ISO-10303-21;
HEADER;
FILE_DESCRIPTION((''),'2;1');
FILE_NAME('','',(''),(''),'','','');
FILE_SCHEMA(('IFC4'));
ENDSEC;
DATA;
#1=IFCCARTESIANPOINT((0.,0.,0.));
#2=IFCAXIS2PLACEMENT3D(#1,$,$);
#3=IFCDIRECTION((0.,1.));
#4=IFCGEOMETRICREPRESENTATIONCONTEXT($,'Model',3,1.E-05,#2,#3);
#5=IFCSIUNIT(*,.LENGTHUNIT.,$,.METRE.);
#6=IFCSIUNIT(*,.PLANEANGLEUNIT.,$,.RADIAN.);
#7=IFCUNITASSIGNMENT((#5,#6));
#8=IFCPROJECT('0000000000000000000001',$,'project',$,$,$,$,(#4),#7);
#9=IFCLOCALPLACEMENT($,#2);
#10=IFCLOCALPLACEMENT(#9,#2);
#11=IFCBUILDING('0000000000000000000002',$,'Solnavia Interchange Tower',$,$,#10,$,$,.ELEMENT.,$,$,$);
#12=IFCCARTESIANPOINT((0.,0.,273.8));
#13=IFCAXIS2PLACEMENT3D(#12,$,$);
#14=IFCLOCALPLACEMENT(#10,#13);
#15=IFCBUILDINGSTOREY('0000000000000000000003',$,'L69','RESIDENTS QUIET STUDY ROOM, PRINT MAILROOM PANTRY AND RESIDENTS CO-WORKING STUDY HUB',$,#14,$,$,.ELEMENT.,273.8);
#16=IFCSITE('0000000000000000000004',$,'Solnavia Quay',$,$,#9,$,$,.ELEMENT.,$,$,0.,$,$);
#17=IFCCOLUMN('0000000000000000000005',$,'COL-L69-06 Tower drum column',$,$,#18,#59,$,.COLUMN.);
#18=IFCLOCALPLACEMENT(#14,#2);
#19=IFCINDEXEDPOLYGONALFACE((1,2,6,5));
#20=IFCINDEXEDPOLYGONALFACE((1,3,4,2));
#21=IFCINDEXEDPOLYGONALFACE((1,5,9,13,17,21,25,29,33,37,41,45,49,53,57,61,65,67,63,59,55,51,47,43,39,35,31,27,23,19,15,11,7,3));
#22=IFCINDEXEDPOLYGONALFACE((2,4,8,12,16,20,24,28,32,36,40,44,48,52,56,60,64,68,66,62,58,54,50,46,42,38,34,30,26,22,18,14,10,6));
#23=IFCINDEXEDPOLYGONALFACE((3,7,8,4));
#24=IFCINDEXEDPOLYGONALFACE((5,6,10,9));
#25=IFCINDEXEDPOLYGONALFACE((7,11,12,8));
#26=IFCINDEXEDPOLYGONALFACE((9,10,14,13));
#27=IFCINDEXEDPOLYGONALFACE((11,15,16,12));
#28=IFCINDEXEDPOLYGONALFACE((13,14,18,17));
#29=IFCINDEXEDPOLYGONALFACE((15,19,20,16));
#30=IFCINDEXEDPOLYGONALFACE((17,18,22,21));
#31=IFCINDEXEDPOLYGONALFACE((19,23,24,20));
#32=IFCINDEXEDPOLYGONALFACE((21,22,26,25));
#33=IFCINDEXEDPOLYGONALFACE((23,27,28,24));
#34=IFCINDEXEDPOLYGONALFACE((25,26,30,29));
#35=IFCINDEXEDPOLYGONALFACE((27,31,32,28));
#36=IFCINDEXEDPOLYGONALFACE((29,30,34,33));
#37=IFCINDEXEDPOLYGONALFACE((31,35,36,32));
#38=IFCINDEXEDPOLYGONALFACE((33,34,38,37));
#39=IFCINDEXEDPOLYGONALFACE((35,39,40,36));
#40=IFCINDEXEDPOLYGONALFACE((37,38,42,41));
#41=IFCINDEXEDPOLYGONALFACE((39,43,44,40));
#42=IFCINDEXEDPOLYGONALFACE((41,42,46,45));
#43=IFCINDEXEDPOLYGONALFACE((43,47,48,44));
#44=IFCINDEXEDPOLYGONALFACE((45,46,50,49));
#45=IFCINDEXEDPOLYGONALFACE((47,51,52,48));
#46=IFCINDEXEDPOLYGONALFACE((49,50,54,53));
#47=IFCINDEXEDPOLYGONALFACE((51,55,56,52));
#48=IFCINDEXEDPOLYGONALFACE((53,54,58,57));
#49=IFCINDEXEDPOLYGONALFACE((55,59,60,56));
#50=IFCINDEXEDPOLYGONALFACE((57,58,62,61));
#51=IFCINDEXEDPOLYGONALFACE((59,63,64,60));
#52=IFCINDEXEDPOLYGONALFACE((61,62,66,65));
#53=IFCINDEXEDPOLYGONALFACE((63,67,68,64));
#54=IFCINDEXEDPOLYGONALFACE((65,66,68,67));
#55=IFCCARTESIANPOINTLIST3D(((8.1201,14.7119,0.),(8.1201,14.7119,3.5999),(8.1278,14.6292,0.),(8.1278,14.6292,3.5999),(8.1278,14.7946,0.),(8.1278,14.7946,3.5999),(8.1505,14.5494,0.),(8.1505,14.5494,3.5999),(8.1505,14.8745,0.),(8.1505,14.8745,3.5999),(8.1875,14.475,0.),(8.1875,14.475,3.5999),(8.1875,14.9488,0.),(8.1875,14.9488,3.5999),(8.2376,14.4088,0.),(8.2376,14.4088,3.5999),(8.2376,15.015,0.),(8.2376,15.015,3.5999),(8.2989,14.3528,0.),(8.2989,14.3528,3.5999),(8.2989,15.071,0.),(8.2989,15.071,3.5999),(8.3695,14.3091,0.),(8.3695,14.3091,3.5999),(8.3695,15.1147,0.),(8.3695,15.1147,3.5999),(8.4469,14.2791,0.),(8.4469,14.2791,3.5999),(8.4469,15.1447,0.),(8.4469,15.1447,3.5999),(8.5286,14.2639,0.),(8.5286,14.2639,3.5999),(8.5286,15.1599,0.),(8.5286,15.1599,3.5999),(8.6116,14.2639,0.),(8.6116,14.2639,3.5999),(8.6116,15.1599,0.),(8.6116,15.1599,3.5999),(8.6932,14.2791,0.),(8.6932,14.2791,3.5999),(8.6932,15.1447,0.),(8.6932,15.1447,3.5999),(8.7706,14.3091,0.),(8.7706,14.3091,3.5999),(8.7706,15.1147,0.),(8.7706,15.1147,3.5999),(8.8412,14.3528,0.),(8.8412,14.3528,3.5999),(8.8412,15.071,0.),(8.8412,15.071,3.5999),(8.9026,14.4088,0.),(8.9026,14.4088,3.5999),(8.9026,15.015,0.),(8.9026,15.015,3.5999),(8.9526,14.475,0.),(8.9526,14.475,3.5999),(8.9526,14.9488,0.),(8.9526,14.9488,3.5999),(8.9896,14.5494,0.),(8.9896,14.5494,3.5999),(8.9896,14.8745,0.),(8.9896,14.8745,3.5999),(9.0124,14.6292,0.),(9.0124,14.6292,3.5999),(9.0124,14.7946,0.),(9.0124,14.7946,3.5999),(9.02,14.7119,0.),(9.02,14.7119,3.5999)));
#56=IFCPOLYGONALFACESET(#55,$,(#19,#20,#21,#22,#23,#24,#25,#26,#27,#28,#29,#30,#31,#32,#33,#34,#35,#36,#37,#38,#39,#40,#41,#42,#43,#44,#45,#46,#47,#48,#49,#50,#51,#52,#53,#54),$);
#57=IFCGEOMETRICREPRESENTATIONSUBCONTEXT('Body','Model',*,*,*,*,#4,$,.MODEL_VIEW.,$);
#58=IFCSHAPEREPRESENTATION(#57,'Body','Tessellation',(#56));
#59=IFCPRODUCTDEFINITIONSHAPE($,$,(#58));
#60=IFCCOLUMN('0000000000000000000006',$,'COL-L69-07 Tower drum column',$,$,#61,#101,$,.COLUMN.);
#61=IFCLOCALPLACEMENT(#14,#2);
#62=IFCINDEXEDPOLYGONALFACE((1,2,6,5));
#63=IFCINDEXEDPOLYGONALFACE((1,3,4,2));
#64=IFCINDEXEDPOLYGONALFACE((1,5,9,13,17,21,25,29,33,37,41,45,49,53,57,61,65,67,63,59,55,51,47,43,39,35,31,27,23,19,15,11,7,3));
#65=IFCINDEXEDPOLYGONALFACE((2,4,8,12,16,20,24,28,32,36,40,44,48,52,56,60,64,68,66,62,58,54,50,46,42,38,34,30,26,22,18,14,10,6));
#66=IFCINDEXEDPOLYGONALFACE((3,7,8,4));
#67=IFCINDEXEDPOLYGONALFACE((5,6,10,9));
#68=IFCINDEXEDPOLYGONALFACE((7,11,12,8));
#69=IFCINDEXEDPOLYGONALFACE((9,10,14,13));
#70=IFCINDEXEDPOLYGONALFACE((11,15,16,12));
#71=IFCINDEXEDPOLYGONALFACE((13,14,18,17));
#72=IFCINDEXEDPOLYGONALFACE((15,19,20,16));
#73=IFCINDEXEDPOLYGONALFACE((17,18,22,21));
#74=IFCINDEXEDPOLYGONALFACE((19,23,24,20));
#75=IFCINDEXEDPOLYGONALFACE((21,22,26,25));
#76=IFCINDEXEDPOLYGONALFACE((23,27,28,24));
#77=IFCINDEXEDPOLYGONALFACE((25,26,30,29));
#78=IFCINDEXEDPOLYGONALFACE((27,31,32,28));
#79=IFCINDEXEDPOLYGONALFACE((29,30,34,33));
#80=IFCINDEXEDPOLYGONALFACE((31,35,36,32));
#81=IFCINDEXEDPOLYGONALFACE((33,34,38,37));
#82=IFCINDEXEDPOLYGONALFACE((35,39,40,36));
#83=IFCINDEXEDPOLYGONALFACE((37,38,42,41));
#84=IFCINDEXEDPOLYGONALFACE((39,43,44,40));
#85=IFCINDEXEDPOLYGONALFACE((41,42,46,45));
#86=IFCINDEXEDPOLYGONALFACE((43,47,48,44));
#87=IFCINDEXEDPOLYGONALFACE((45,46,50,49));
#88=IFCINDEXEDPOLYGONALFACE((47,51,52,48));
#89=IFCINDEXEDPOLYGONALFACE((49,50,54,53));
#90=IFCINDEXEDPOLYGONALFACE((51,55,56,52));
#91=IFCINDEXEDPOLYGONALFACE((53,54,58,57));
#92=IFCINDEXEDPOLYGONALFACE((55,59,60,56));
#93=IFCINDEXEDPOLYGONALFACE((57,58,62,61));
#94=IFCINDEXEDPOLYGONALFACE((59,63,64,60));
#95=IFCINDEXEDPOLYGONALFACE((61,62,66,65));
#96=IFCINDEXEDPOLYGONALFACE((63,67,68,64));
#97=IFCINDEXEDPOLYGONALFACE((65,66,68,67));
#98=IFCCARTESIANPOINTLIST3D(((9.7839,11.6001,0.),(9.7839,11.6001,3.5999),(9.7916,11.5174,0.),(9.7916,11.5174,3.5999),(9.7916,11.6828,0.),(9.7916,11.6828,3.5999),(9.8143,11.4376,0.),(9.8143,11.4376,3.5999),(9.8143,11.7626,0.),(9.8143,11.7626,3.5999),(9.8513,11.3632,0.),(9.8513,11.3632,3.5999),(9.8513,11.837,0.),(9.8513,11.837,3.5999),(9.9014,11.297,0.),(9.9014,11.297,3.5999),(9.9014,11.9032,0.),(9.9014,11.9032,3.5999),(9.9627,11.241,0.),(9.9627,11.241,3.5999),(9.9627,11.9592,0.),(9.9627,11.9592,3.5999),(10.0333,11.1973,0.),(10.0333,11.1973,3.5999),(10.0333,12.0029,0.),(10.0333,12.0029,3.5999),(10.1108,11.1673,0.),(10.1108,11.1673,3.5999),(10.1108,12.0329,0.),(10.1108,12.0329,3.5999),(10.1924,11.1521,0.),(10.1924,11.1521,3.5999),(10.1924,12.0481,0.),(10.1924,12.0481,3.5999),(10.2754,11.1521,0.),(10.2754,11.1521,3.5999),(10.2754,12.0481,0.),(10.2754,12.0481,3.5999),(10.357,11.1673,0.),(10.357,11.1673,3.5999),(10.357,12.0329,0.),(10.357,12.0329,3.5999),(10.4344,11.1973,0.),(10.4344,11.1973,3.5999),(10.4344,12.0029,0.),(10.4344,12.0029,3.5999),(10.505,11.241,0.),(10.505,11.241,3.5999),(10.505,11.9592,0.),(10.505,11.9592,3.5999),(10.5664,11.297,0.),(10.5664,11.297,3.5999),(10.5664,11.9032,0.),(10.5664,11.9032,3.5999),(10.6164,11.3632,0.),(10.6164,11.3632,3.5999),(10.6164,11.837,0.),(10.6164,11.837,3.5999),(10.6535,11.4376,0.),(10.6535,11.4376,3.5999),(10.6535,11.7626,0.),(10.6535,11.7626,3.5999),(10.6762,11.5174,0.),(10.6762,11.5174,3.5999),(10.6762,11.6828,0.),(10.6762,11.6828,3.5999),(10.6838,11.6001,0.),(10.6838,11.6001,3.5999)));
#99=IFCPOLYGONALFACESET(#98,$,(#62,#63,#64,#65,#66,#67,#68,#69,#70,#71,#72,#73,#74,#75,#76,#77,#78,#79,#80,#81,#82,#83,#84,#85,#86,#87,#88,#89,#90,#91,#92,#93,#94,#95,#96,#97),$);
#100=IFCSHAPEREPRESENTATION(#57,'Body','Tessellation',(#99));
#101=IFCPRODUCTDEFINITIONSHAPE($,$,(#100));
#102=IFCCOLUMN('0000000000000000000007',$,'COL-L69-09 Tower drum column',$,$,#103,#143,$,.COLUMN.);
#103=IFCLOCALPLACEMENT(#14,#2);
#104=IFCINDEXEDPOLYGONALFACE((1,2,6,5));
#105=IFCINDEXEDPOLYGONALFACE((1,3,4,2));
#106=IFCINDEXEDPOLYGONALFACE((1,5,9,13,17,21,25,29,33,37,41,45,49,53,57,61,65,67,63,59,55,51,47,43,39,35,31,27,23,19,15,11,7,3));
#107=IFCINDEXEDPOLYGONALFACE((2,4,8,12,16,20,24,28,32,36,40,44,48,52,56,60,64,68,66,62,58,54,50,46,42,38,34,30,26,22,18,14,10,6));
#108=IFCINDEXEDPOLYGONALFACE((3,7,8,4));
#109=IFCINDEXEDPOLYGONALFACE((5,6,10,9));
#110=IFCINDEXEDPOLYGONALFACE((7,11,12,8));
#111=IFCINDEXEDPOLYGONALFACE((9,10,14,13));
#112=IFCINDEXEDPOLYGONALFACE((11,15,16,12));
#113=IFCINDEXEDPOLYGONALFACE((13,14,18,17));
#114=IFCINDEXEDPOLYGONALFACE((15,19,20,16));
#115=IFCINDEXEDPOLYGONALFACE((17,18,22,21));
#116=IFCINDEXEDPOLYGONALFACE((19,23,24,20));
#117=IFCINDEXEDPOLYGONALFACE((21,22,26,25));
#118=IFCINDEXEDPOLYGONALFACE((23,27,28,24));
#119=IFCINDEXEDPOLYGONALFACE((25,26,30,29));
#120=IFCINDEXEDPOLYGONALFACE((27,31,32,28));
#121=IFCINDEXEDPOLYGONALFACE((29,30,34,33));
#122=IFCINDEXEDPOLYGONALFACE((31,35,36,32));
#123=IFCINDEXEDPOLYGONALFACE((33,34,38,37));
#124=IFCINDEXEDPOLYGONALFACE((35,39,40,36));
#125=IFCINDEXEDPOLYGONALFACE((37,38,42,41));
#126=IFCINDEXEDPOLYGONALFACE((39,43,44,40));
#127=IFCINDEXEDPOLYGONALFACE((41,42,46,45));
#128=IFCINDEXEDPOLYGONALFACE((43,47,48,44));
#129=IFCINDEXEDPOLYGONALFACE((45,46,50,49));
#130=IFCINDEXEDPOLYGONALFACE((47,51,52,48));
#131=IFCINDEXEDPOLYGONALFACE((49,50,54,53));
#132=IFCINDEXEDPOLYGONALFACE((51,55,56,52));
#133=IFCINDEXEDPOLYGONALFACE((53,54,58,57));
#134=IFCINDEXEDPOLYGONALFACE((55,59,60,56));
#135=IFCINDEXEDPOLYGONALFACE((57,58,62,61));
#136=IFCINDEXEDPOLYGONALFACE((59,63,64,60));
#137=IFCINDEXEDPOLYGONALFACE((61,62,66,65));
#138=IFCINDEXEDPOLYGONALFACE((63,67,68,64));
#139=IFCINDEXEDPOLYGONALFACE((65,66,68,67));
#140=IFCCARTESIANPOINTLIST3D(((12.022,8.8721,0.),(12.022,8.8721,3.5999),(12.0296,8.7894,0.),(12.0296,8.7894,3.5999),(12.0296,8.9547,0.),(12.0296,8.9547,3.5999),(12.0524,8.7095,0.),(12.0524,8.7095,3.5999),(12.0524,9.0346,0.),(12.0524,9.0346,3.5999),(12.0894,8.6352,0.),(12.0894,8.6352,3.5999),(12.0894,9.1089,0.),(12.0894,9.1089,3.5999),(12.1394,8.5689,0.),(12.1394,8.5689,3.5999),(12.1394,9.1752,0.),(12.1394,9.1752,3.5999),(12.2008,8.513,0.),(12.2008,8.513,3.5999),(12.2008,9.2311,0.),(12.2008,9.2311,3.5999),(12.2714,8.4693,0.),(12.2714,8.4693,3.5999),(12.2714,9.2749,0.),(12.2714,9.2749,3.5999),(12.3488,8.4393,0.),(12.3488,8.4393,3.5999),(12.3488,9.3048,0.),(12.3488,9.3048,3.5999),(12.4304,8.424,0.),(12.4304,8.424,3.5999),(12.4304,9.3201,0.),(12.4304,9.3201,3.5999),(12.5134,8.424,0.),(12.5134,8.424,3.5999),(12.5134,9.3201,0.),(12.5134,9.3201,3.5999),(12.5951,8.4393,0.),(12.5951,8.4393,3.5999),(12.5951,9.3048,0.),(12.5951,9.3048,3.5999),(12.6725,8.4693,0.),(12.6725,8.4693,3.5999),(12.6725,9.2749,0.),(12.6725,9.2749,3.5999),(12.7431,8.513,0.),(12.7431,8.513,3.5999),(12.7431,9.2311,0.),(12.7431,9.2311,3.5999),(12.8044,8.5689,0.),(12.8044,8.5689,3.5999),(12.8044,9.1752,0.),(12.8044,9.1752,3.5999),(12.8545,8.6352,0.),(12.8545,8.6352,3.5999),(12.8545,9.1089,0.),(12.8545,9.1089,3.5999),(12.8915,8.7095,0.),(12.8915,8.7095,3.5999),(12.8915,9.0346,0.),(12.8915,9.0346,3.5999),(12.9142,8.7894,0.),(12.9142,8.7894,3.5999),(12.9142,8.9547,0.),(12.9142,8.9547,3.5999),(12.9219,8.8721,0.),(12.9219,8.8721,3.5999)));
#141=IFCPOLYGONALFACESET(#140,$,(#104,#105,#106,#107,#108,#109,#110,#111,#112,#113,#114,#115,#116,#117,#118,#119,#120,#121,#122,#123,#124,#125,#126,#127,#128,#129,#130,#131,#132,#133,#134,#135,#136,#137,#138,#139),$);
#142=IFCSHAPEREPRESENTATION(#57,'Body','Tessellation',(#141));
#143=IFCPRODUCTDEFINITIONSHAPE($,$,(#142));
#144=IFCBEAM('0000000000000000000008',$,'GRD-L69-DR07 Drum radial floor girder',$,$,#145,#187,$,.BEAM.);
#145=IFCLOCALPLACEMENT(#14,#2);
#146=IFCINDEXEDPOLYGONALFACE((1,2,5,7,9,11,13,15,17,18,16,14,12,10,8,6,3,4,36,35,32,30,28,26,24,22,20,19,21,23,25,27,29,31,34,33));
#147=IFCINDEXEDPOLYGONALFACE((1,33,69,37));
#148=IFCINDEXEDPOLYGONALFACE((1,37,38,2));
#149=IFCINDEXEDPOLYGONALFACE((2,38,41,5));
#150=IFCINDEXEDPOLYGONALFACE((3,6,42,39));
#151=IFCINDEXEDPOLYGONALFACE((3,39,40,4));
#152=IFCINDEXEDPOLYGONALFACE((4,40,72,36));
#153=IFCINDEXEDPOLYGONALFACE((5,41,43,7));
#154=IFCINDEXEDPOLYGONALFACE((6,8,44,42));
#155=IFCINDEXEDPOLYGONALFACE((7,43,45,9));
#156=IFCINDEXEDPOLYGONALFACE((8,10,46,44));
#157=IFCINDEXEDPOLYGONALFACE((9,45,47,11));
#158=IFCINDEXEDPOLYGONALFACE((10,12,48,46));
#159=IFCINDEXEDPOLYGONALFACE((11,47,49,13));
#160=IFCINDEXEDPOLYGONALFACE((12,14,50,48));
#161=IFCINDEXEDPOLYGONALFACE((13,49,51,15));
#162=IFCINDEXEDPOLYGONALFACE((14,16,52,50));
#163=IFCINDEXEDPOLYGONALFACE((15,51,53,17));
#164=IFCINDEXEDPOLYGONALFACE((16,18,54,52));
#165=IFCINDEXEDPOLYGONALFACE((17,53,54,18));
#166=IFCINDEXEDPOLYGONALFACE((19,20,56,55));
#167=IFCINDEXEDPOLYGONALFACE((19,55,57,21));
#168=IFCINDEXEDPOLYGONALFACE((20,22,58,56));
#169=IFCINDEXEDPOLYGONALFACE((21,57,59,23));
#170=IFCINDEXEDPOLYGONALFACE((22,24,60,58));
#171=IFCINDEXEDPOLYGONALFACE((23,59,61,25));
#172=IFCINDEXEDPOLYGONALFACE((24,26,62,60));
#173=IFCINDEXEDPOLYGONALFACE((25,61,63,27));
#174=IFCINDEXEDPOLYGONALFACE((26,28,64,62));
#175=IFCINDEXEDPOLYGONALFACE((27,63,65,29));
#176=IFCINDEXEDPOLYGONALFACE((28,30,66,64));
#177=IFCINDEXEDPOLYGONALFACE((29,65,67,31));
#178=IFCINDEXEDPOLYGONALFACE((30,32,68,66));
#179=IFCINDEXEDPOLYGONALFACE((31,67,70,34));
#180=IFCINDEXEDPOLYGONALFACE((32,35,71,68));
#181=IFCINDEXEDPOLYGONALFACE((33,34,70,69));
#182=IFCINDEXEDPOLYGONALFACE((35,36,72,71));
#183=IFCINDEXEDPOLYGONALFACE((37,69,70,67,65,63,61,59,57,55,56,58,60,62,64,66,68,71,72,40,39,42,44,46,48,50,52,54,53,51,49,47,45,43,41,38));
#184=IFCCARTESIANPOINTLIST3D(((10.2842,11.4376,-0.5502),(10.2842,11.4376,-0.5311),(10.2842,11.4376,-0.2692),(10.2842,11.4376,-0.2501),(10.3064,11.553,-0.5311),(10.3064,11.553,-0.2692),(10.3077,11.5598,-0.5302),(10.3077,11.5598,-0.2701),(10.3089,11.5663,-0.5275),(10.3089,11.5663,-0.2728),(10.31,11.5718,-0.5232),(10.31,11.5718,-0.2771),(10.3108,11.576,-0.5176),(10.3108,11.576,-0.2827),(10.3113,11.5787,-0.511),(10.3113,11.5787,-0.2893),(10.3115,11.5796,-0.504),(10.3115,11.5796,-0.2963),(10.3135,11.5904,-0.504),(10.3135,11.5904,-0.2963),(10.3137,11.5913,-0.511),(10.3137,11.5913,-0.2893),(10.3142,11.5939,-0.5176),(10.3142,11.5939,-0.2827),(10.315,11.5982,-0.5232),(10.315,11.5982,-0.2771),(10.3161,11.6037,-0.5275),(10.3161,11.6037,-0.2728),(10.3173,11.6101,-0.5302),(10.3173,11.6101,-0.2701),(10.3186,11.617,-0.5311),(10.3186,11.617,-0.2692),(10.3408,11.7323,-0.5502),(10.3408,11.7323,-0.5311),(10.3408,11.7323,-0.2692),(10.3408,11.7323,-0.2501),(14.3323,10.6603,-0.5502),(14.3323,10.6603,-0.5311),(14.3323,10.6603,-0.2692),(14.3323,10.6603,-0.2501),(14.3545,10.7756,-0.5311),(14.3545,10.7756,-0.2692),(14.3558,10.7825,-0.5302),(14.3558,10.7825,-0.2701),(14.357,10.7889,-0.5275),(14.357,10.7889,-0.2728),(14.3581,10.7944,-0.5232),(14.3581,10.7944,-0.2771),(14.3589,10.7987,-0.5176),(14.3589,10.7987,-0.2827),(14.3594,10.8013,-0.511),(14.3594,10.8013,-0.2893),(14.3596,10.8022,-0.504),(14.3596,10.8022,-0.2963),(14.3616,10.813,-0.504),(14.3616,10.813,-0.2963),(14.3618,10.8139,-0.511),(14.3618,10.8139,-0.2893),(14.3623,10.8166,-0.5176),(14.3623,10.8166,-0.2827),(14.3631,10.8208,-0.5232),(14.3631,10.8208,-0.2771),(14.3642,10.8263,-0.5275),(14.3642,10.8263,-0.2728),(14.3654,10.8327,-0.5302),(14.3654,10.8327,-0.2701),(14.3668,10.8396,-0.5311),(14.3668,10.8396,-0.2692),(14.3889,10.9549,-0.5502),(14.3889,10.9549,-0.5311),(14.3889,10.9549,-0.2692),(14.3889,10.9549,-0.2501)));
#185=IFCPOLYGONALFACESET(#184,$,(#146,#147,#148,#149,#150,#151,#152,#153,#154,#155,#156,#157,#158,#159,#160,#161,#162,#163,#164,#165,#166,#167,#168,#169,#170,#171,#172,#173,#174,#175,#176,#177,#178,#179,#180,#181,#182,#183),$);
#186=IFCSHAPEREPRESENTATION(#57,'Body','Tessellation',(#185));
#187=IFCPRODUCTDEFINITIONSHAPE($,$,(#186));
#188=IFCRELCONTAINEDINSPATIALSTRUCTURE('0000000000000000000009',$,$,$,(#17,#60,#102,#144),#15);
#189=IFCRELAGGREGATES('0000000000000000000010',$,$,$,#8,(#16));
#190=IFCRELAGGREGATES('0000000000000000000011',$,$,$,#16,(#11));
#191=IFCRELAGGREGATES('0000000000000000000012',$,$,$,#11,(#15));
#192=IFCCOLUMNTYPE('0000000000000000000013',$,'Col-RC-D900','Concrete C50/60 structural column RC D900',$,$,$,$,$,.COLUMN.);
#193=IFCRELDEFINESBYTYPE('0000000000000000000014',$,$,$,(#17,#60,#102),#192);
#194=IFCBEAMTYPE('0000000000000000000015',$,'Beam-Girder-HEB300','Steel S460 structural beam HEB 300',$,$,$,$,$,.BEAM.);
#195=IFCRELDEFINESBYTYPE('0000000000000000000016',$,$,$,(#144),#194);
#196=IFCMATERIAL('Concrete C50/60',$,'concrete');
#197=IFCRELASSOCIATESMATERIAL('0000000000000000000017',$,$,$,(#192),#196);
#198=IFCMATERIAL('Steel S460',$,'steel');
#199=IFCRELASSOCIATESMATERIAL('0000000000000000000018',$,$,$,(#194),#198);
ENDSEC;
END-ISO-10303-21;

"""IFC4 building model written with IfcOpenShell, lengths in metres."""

from ifc_helpers import new_model, si_unit, direction, frame, origin, origin_2d, place, context, subcontext, project, spatial, circle, i_section, extrude, material, material_profile, profile_set, type_object, element, save


model = new_model("IFC4")

# Units and contexts
model_context = context("Model", 3, precision=1e-05, world=origin(), true_north=direction((0.0, 1.0)))
body_context = subcontext(model_context, "Body", "Model", "MODEL_VIEW")
ifc_project = project(units=[si_unit("LENGTHUNIT", "METRE"), si_unit("PLANEANGLEUNIT", "RADIAN")], contexts=[model_context])

# Site, building, storey
site_placement = place(None, origin())
site = spatial("IfcSite", under=ifc_project, at=site_placement, Name="Solnavia Quay", CompositionType="ELEMENT", RefElevation=0.0)
building_placement = place(site_placement, origin())
building = spatial("IfcBuilding", under=site, at=building_placement, Name="Solnavia Interchange Tower", CompositionType="ELEMENT")
storey_placement = place(building_placement, frame((0.0, 0.0, 273.8)))
storey = spatial("IfcBuildingStorey", under=building, at=storey_placement, Name="L69", Description="RESIDENTS QUIET STUDY ROOM, PRINT MAILROOM PANTRY AND RESIDENTS CO-WORKING STUDY HUB", CompositionType="ELEMENT", Elevation=273.8)

# Columns
ifc_material_1 = material(Name="Concrete C50/60", Category="concrete")
ifc_material_profile_1 = material_profile(ifc_material_1, circle(Radius=0.45, at=origin_2d()), Name="RC D900")
ifc_profile_set_1 = profile_set([ifc_material_profile_1], Name="Concrete C50/60")
column_type = type_object("IfcColumnType", Name="Col-RC-D900", Description="Concrete C50/60 structural column RC D900", PredefinedType="COLUMN", material=ifc_profile_set_1)
for number, where, z_axis, x_axis, name in (
    (1, (8.5701, 14.7119, 0.0), (0.0, 0.0, 1.0), (1.0, 0.0, 0.0), "COL-L69-06 Tower drum column"),
    (2, (10.2339, 11.6001, 0.0), (0.0, 0.0, 1.0), (1.0, 0.0, 0.0), "COL-L69-07 Tower drum column"),
    (3, (12.4719, 8.8721, 0.0), (0.0, 0.0, 1.0), (1.0, 0.0, 0.0), "COL-L69-09 Tower drum column"),
):
    element("IfcColumn", number, at=place(storey_placement, frame(where, z_axis=z_axis, x_axis=x_axis)), inside=storey, type_object=column_type, Name=name, PredefinedType="COLUMN", context=body_context, shape_type="SweptSolid", body=[
        extrude(circle(Radius=0.45, at=origin_2d()), origin(), (0.0, 0.0, 1.0), 3.5999),
    ])

# Beam
ifc_material_2 = material(Name="Steel S460", Category="steel")
ifc_material_profile_2 = material_profile(ifc_material_2, i_section(OverallWidth=0.3, OverallDepth=0.3, WebThickness=0.011, FlangeThickness=0.019, FilletRadius=0.0271, at=origin_2d()), Name="HEB 300")
ifc_profile_set_2 = profile_set([ifc_material_profile_2], Name="Steel S460")
beam_type_1 = type_object("IfcBeamType", Name="Beam-Girder-HEB300", Description="Steel S460 structural beam HEB 300", PredefinedType="BEAM", material=ifc_profile_set_2)
beam_1_placement = place(storey_placement, frame((10.3125, 11.585, -0.4001), z_axis=(0.982058, -0.188582, 0.0), x_axis=(0.188582, 0.982058, 0.0)))
element("IfcBeam", 4, at=beam_1_placement, inside=storey, type_object=beam_type_1, Name="GRD-L69-DR07 Drum radial floor girder", PredefinedType="BEAM", context=body_context, shape_type="SweptSolid", body=[
    extrude(i_section(OverallWidth=0.3, OverallDepth=0.3, WebThickness=0.011, FlangeThickness=0.019, FilletRadius=0.0271, at=origin_2d()), origin(), (0.0, 0.0, 1.0), 4.1221),
])

save(model, "model.ifc")
